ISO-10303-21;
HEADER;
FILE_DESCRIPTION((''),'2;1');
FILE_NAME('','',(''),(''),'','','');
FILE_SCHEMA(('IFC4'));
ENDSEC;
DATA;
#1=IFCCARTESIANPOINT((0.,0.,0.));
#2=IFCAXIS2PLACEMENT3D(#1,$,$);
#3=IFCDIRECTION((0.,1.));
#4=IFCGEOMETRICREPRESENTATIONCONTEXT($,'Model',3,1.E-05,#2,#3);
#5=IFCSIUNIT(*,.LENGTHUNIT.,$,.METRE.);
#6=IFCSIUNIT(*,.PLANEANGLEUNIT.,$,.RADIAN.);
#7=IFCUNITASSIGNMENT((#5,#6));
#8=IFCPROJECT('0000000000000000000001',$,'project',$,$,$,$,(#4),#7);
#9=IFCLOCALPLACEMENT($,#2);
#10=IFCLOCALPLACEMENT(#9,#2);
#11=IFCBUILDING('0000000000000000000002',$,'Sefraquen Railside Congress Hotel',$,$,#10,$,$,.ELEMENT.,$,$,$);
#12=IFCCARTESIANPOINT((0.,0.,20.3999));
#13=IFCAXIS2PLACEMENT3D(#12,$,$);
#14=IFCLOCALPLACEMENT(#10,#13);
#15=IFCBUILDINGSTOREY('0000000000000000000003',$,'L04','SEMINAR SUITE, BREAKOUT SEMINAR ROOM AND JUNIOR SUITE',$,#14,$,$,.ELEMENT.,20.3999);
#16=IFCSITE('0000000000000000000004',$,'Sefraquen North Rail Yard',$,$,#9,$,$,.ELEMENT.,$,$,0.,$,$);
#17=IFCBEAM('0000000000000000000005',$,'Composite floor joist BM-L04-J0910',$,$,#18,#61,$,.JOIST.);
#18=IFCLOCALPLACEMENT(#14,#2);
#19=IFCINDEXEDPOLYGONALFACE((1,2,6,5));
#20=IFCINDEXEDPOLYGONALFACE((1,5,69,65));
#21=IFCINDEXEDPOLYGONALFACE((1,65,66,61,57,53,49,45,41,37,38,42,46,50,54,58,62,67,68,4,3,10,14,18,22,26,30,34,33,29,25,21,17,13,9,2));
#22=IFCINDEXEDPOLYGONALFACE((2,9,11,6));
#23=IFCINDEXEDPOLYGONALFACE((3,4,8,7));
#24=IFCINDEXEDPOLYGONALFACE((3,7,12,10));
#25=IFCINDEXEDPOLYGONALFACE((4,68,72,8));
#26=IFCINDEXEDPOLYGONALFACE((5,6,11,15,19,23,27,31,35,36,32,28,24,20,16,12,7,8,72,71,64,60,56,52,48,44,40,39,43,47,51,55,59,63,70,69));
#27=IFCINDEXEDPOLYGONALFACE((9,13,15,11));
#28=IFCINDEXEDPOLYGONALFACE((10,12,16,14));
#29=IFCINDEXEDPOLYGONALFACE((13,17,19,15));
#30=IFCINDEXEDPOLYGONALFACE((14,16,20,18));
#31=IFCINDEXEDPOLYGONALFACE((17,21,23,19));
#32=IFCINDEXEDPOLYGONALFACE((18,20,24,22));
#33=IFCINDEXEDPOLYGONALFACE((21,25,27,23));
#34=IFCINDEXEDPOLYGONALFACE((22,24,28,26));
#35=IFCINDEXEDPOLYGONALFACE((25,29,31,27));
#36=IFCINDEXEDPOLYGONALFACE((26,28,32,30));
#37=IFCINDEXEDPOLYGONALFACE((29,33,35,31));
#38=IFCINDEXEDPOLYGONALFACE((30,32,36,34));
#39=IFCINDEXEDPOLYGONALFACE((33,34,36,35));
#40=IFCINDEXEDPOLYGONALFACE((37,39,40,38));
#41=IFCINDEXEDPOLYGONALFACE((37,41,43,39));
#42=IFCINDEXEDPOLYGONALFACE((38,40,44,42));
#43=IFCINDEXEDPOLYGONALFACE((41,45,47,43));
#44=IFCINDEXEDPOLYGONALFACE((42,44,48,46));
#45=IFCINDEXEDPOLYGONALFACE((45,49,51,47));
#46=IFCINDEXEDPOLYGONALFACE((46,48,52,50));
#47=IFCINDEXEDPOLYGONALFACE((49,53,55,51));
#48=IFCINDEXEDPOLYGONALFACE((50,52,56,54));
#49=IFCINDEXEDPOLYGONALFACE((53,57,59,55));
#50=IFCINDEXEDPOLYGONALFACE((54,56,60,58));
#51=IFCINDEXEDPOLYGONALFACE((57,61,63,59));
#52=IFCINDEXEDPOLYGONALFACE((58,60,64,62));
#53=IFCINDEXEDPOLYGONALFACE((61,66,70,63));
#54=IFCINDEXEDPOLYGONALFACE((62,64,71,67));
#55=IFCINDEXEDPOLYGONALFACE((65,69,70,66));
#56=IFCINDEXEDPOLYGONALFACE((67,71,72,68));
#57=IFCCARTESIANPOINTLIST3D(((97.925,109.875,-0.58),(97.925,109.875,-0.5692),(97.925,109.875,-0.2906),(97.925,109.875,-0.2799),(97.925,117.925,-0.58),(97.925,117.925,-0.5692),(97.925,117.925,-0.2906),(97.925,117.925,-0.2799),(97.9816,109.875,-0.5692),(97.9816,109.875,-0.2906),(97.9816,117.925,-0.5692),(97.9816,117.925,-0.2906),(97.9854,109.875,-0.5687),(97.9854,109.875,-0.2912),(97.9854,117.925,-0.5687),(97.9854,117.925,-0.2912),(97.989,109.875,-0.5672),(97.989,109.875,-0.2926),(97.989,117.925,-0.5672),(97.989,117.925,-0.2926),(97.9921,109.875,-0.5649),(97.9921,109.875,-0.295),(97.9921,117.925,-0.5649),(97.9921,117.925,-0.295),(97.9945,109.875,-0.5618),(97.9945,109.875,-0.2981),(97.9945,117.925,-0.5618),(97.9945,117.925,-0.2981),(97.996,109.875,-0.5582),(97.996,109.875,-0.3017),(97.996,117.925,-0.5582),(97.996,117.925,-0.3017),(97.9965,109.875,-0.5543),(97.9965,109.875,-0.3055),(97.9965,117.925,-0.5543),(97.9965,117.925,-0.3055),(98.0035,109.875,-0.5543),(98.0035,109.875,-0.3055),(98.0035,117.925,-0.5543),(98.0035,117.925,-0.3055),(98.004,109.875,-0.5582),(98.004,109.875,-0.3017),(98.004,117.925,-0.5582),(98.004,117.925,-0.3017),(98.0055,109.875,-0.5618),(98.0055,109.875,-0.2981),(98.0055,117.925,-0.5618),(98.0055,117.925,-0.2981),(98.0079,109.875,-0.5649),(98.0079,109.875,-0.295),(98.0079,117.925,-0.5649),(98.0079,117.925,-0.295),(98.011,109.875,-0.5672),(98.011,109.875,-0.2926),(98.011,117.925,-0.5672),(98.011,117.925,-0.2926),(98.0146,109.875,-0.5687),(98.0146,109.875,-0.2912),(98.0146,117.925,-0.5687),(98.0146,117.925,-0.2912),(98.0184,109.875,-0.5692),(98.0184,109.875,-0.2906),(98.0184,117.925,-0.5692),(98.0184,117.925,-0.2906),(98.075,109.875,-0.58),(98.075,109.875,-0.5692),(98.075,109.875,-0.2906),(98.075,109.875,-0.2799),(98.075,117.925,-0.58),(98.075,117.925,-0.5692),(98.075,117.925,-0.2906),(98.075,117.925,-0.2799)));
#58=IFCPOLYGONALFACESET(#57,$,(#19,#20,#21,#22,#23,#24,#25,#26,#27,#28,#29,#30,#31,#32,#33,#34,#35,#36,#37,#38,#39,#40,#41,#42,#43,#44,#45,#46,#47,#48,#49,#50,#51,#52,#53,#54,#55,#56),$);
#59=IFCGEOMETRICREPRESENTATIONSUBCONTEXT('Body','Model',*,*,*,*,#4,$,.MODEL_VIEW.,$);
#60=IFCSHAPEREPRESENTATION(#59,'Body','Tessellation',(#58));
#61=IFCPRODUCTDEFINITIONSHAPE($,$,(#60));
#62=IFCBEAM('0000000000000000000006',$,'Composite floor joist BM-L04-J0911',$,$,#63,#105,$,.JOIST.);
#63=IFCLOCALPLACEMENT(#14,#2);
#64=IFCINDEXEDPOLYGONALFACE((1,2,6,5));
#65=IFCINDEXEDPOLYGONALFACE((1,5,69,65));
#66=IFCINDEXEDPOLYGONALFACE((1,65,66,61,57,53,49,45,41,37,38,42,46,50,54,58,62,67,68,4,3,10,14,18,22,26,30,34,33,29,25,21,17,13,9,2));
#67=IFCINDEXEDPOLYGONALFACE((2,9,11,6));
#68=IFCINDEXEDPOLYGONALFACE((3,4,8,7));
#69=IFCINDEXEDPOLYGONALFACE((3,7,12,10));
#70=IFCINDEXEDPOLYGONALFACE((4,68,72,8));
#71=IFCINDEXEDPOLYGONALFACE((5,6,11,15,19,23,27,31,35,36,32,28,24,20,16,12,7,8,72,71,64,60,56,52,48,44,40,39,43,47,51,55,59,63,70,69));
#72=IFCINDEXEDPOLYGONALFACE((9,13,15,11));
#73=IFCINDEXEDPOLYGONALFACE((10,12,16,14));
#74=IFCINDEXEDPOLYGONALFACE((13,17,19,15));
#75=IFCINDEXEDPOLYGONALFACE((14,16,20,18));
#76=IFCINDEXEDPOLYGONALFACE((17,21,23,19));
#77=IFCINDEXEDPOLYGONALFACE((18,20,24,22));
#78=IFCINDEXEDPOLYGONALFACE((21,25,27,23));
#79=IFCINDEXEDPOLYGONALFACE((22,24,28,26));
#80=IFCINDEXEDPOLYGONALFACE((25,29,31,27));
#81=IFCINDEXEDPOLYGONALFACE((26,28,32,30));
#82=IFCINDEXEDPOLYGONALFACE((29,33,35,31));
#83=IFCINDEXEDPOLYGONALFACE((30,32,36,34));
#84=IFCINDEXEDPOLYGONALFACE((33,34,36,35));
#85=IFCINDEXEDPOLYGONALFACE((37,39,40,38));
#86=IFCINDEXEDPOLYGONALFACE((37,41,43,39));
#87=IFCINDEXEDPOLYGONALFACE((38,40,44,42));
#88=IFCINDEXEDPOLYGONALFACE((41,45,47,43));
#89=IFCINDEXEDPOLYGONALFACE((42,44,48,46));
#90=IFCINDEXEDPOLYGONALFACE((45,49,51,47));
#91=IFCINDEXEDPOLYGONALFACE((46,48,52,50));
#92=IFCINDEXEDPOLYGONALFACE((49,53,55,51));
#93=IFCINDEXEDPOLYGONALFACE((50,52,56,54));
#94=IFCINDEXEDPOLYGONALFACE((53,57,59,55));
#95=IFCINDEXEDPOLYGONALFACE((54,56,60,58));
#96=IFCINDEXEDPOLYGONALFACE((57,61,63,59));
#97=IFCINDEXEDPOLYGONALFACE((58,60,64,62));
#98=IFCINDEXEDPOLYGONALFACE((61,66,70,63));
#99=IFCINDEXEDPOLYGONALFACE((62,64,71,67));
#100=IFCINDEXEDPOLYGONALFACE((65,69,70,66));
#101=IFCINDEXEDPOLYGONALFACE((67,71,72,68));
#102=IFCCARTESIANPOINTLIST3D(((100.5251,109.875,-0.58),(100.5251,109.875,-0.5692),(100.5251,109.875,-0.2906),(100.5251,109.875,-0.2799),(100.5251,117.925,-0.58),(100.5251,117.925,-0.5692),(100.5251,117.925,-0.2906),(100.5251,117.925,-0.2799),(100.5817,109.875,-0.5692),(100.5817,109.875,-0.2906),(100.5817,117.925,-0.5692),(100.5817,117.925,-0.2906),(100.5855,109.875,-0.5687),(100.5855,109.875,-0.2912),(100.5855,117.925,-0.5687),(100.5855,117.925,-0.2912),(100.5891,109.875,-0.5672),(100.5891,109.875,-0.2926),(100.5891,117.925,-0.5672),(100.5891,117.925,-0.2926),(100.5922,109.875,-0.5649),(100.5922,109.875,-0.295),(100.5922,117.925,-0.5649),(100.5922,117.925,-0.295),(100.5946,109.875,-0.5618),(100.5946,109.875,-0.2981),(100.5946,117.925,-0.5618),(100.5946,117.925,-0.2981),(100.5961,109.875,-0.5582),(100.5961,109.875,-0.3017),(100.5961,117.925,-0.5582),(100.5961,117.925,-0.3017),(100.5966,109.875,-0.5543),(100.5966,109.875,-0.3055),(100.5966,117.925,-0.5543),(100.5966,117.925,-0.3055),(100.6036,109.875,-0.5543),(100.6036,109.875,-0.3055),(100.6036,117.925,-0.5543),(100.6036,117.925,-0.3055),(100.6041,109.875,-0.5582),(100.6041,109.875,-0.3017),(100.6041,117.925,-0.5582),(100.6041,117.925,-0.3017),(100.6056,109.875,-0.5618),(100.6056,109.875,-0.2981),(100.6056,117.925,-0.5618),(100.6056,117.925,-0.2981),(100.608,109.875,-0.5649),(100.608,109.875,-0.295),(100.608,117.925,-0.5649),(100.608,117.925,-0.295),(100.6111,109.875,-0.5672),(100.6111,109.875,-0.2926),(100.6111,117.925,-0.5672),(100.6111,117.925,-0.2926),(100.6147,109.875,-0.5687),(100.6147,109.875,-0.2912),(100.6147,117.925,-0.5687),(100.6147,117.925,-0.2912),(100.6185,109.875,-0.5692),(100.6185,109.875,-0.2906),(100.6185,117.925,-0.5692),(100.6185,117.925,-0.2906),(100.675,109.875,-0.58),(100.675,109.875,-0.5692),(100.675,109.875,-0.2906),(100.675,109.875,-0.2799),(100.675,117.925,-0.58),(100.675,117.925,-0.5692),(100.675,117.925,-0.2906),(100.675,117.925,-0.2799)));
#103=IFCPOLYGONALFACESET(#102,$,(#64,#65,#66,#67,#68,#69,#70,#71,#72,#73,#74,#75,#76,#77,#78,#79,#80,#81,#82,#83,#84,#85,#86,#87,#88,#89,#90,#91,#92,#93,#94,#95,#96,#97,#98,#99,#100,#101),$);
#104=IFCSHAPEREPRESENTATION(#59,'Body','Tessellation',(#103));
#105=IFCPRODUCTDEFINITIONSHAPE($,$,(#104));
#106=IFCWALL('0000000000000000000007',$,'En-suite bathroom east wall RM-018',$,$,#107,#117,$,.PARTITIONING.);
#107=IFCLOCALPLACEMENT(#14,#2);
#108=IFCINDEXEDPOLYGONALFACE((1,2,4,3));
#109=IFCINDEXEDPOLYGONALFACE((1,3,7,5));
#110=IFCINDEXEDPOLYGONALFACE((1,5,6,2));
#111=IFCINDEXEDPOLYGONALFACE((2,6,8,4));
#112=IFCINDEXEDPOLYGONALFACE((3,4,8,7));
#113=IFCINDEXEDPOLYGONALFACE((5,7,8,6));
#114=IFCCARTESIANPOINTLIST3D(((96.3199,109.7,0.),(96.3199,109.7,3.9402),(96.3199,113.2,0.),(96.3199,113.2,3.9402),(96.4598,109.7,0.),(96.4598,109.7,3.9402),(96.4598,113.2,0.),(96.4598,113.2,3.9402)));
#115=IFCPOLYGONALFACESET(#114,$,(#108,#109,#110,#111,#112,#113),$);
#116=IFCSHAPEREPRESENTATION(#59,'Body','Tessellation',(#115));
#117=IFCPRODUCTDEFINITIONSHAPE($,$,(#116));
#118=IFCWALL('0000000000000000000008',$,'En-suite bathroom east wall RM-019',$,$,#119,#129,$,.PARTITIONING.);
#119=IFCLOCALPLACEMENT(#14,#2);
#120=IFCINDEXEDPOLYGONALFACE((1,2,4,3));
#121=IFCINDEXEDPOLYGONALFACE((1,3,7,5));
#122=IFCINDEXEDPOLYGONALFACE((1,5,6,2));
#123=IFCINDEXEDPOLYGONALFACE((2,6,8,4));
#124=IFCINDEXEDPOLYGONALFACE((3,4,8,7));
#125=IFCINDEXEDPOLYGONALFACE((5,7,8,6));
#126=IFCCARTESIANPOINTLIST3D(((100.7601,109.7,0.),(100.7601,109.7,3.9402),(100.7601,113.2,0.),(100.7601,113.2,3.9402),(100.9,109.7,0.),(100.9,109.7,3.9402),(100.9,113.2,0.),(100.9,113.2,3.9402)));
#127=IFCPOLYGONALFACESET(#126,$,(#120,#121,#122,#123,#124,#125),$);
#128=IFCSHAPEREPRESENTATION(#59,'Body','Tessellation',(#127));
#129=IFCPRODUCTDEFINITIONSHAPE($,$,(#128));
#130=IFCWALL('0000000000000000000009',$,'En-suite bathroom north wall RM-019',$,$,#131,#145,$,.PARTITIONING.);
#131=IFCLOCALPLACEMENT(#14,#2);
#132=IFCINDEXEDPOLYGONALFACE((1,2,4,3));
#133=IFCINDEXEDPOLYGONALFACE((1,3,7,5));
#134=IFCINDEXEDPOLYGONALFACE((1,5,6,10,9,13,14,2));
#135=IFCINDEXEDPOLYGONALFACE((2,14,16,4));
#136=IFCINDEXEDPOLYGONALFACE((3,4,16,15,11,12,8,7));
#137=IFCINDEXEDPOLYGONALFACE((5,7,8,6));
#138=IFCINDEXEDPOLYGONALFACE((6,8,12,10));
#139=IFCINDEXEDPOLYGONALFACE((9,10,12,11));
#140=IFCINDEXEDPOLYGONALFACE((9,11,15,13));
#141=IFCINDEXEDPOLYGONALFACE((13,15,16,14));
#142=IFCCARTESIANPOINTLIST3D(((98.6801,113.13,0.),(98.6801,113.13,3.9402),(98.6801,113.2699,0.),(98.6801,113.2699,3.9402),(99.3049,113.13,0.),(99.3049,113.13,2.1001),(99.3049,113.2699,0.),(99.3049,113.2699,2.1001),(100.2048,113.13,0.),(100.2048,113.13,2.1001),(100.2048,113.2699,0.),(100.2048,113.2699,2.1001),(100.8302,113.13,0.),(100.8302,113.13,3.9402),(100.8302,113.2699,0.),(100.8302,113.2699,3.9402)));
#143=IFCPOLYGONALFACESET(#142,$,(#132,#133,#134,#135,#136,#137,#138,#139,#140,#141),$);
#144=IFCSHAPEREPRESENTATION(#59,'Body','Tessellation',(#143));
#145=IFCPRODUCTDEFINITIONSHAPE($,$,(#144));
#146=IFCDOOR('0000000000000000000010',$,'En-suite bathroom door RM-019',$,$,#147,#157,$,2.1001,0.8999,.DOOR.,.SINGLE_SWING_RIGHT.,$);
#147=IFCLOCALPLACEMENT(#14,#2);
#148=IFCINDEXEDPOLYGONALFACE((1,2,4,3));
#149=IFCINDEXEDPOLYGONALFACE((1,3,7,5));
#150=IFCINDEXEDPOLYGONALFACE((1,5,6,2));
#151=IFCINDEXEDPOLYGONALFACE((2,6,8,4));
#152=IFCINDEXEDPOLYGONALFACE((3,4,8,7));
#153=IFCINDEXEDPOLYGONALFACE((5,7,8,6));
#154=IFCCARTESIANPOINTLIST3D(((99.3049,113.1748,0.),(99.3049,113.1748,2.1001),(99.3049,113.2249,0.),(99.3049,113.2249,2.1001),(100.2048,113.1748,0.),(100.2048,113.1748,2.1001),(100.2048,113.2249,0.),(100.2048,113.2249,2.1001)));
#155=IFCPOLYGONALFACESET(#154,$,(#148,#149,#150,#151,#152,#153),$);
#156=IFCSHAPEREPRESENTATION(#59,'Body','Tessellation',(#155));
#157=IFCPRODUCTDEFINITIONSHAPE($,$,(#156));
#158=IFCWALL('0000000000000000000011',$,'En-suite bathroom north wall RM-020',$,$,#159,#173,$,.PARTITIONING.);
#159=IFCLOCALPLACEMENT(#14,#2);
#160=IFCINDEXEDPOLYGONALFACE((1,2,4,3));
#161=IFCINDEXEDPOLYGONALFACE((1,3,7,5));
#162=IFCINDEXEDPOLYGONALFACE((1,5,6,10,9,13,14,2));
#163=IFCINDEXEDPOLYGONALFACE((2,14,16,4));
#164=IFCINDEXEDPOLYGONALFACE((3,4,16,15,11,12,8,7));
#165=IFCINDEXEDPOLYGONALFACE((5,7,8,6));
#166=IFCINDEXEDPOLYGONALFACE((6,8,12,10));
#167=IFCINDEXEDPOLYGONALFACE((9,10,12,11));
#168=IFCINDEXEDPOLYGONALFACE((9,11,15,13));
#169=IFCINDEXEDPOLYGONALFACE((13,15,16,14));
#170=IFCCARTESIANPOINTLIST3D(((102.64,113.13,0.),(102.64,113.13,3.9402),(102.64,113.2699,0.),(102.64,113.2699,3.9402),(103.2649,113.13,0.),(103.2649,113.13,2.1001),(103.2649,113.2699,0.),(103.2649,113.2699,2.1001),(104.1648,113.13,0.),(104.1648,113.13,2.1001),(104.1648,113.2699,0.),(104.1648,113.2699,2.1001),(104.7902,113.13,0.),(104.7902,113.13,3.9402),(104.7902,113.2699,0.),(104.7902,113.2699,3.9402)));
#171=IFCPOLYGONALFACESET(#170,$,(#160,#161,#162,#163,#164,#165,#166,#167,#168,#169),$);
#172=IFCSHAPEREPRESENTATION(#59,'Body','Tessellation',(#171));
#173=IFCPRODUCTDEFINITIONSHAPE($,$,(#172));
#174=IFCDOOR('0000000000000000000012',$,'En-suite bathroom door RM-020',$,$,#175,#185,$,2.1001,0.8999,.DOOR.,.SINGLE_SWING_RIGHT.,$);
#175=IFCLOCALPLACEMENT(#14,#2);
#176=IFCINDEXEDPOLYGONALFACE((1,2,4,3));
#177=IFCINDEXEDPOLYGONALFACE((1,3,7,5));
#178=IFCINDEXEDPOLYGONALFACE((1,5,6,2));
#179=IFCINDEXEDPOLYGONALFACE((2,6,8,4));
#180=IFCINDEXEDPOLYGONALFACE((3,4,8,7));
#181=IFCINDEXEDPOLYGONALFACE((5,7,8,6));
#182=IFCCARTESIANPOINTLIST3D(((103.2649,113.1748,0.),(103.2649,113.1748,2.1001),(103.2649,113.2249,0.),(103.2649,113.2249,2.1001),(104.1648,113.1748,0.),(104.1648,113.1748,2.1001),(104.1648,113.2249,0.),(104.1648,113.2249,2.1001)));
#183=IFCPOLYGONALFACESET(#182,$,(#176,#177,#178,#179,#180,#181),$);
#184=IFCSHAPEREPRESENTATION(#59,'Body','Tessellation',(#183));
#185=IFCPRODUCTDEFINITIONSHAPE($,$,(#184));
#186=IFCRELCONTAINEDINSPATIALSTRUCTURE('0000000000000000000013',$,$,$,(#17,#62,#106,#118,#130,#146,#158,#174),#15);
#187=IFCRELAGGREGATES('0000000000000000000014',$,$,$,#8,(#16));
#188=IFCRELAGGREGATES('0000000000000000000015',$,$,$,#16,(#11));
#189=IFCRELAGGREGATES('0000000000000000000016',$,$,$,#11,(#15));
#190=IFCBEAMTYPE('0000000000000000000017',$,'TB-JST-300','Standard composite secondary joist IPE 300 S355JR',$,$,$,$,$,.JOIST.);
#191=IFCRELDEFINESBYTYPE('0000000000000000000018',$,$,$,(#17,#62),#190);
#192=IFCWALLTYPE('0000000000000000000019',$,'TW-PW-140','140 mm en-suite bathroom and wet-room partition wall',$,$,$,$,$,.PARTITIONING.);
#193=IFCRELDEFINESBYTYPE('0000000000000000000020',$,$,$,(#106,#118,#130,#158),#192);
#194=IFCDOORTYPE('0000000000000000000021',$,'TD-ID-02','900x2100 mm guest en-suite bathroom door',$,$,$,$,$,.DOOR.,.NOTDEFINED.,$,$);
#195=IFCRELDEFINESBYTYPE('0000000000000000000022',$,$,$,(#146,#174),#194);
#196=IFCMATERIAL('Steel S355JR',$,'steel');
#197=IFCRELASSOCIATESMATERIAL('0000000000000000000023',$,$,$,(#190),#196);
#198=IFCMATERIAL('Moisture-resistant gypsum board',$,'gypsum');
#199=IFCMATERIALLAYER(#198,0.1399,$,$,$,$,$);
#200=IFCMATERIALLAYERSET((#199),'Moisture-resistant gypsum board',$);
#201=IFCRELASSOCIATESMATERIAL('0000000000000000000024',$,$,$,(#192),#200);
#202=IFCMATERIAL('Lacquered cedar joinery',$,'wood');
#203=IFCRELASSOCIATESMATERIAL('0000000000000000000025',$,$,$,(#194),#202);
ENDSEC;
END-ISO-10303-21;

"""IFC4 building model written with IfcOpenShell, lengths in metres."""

from ifc_helpers import new_model, si_unit, direction, frame, frame_2d, origin, origin_2d, place, context, subcontext, project, spatial, rectangle, i_section, extrude, material, layer, layer_set, material_profile, profile_set, type_object, element, fill, save


model = new_model("IFC4")

# Units and contexts
model_context = context("Model", 3, precision=1e-05, world=origin(), true_north=direction((0.0, 1.0)))
body_context = subcontext(model_context, "Body", "Model", "MODEL_VIEW")
ifc_project = project(units=[si_unit("LENGTHUNIT", "METRE"), si_unit("PLANEANGLEUNIT", "RADIAN")], contexts=[model_context])

# Site, building, storey
site_placement = place(None, origin())
site = spatial("IfcSite", under=ifc_project, at=site_placement, Name="Sefraquen North Rail Yard", CompositionType="ELEMENT", RefElevation=0.0)
building_placement = place(site_placement, origin())
building = spatial("IfcBuilding", under=site, at=building_placement, Name="Sefraquen Railside Congress Hotel", CompositionType="ELEMENT")
storey_placement = place(building_placement, frame((0.0, 0.0, 20.3999)))
storey = spatial("IfcBuildingStorey", under=building, at=storey_placement, Name="L04", Description="SEMINAR SUITE, BREAKOUT SEMINAR ROOM AND JUNIOR SUITE", CompositionType="ELEMENT", Elevation=20.3999)

# Shared definitions
ifc_material_1 = material(Name="Steel S355JR", Category="steel")

# Beams
ifc_material_profile_1 = material_profile(ifc_material_1, i_section(OverallWidth=0.1499, OverallDepth=0.3, WebThickness=0.0071, FlangeThickness=0.0107, FilletRadius=0.0149, at=origin_2d()), Name="IPE 300")
ifc_profile_set_1 = profile_set([ifc_material_profile_1], Name="Steel S355JR")
beam_type_1 = type_object("IfcBeamType", Name="TB-JST-300", Description="Standard composite secondary joist IPE 300 S355JR", PredefinedType="JOIST", material=ifc_profile_set_1)
for number, where, z_axis, x_axis, name in (
    (1, (98.0, 109.875, -0.4299), (0.0, 1.0, 0.0), (-1.0, 0.0, 0.0), "Composite floor joist BM-L04-J0910"),
    (2, (100.6001, 109.875, -0.4299), (0.0, 1.0, 0.0), (-1.0, 0.0, 0.0), "Composite floor joist BM-L04-J0911"),
):
    element("IfcBeam", number, at=place(storey_placement, frame(where, z_axis=z_axis, x_axis=x_axis)), inside=storey, type_object=beam_type_1, Name=name, PredefinedType="JOIST", context=body_context, shape_type="SweptSolid", body=[
        extrude(i_section(OverallWidth=0.1499, OverallDepth=0.3, WebThickness=0.0071, FlangeThickness=0.0107, FilletRadius=0.0149, at=origin_2d()), origin(), (0.0, 0.0, 1.0), 8.05),
    ])

# Walls
ifc_material_2 = material(Name="Moisture-resistant gypsum board", Category="gypsum")
ifc_layer_1 = layer(ifc_material_2, 0.1399)
ifc_layer_set_1 = layer_set([ifc_layer_1], Name="Moisture-resistant gypsum board")
wall_type_1 = type_object("IfcWallType", Name="TW-PW-140", Description="140 mm en-suite bathroom and wet-room partition wall", PredefinedType="PARTITIONING", material=ifc_layer_set_1)
for number, where, z_axis, x_axis, name in (
    (3, (96.3899, 109.7, 0.0), (0.0, 0.0, 1.0), (0.0, 1.0, 0.0), "En-suite bathroom east wall RM-018"),
    (4, (100.8301, 109.7, 0.0), (0.0, 0.0, 1.0), (0.0, 1.0, 0.0), "En-suite bathroom east wall RM-019"),
):
    element("IfcWall", number, at=place(storey_placement, frame(where, z_axis=z_axis, x_axis=x_axis)), inside=storey, type_object=wall_type_1, Name=name, PredefinedType="PARTITIONING", context=body_context, shape_type="SweptSolid", body=[
        extrude(rectangle(XDim=3.5, YDim=0.1399, at=frame_2d((1.75, 0.0))), origin(), (0.0, 0.0, 1.0), 3.9402),
    ])

# Walls, openings, doors
wall_1_placement = place(storey_placement, frame((98.6799, 113.2, 0.0), z_axis=(0.0, 0.0, 1.0), x_axis=(1.0, 0.0, 0.0)))
wall_1 = element("IfcWall", 5, at=wall_1_placement, inside=storey, type_object=wall_type_1, Name="En-suite bathroom north wall RM-019", PredefinedType="PARTITIONING", context=body_context, shape_type="SweptSolid", body=[
    extrude(rectangle(XDim=2.1501, YDim=0.1399, at=frame_2d((1.0752, 0.0))), origin(), (0.0, 0.0, 1.0), 3.9402),
])
opening_1_placement = place(wall_1_placement, frame((0.625, 0.0, 0.0)))
opening_1 = element("IfcOpeningElement", 6, at=opening_1_placement, cuts=wall_1, PredefinedType="OPENING", context=body_context, shape_type="SweptSolid", body=[
    extrude(rectangle(XDim=0.8999, YDim=2.1001, at=frame_2d((0.45, 1.05))), frame((0.0, 0.0798, 0.0), z_axis=(0.0, -1.0, 0.0), x_axis=(1.0, 0.0, 0.0)), (0.0, 0.0, 1.0), 0.1599),
])
ifc_material_3 = material(Name="Lacquered cedar joinery", Category="wood")
door_type = type_object("IfcDoorType", Name="TD-ID-02", Description="900x2100 mm guest en-suite bathroom door", OperationType="NOTDEFINED", PredefinedType="DOOR", material=ifc_material_3)
door_1_placement = place(opening_1_placement, origin())
door_1 = element("IfcDoor", 7, at=door_1_placement, inside=storey, type_object=door_type, Name="En-suite bathroom door RM-019", OperationType="SINGLE_SWING_RIGHT", OverallHeight=2.1001, OverallWidth=0.8999, PredefinedType="DOOR", context=body_context, shape_type="SweptSolid", body=[
    extrude(rectangle(XDim=0.8999, YDim=2.1001, at=frame_2d((0.45, 1.05))), frame((0.0, 0.0249, 0.0), z_axis=(0.0, -1.0, 0.0), x_axis=(1.0, 0.0, 0.0)), (0.0, 0.0, 1.0), 0.05),
])
fill(opening_1, door_1)
wall_2_placement = place(storey_placement, frame((102.6399, 113.2, 0.0), z_axis=(0.0, 0.0, 1.0), x_axis=(1.0, 0.0, 0.0)))
wall_2 = element("IfcWall", 8, at=wall_2_placement, inside=storey, type_object=wall_type_1, Name="En-suite bathroom north wall RM-020", PredefinedType="PARTITIONING", context=body_context, shape_type="SweptSolid", body=[
    extrude(rectangle(XDim=2.1501, YDim=0.1399, at=frame_2d((1.0752, 0.0))), origin(), (0.0, 0.0, 1.0), 3.9402),
])
opening_2_placement = place(wall_2_placement, frame((0.625, 0.0, 0.0)))
opening_2 = element("IfcOpeningElement", 9, at=opening_2_placement, cuts=wall_2, PredefinedType="OPENING", context=body_context, shape_type="SweptSolid", body=[
    extrude(rectangle(XDim=0.8999, YDim=2.1001, at=frame_2d((0.45, 1.05))), frame((0.0, 0.0798, 0.0), z_axis=(0.0, -1.0, 0.0), x_axis=(1.0, 0.0, 0.0)), (0.0, 0.0, 1.0), 0.1599),
])
door_2_placement = place(opening_2_placement, origin())
door_2 = element("IfcDoor", 10, at=door_2_placement, inside=storey, type_object=door_type, Name="En-suite bathroom door RM-020", OperationType="SINGLE_SWING_RIGHT", OverallHeight=2.1001, OverallWidth=0.8999, PredefinedType="DOOR", context=body_context, shape_type="SweptSolid", body=[
    extrude(rectangle(XDim=0.8999, YDim=2.1001, at=frame_2d((0.45, 1.05))), frame((0.0, 0.0249, 0.0), z_axis=(0.0, -1.0, 0.0), x_axis=(1.0, 0.0, 0.0)), (0.0, 0.0, 1.0), 0.05),
])
fill(opening_2, door_2)

save(model, "model.ifc")
